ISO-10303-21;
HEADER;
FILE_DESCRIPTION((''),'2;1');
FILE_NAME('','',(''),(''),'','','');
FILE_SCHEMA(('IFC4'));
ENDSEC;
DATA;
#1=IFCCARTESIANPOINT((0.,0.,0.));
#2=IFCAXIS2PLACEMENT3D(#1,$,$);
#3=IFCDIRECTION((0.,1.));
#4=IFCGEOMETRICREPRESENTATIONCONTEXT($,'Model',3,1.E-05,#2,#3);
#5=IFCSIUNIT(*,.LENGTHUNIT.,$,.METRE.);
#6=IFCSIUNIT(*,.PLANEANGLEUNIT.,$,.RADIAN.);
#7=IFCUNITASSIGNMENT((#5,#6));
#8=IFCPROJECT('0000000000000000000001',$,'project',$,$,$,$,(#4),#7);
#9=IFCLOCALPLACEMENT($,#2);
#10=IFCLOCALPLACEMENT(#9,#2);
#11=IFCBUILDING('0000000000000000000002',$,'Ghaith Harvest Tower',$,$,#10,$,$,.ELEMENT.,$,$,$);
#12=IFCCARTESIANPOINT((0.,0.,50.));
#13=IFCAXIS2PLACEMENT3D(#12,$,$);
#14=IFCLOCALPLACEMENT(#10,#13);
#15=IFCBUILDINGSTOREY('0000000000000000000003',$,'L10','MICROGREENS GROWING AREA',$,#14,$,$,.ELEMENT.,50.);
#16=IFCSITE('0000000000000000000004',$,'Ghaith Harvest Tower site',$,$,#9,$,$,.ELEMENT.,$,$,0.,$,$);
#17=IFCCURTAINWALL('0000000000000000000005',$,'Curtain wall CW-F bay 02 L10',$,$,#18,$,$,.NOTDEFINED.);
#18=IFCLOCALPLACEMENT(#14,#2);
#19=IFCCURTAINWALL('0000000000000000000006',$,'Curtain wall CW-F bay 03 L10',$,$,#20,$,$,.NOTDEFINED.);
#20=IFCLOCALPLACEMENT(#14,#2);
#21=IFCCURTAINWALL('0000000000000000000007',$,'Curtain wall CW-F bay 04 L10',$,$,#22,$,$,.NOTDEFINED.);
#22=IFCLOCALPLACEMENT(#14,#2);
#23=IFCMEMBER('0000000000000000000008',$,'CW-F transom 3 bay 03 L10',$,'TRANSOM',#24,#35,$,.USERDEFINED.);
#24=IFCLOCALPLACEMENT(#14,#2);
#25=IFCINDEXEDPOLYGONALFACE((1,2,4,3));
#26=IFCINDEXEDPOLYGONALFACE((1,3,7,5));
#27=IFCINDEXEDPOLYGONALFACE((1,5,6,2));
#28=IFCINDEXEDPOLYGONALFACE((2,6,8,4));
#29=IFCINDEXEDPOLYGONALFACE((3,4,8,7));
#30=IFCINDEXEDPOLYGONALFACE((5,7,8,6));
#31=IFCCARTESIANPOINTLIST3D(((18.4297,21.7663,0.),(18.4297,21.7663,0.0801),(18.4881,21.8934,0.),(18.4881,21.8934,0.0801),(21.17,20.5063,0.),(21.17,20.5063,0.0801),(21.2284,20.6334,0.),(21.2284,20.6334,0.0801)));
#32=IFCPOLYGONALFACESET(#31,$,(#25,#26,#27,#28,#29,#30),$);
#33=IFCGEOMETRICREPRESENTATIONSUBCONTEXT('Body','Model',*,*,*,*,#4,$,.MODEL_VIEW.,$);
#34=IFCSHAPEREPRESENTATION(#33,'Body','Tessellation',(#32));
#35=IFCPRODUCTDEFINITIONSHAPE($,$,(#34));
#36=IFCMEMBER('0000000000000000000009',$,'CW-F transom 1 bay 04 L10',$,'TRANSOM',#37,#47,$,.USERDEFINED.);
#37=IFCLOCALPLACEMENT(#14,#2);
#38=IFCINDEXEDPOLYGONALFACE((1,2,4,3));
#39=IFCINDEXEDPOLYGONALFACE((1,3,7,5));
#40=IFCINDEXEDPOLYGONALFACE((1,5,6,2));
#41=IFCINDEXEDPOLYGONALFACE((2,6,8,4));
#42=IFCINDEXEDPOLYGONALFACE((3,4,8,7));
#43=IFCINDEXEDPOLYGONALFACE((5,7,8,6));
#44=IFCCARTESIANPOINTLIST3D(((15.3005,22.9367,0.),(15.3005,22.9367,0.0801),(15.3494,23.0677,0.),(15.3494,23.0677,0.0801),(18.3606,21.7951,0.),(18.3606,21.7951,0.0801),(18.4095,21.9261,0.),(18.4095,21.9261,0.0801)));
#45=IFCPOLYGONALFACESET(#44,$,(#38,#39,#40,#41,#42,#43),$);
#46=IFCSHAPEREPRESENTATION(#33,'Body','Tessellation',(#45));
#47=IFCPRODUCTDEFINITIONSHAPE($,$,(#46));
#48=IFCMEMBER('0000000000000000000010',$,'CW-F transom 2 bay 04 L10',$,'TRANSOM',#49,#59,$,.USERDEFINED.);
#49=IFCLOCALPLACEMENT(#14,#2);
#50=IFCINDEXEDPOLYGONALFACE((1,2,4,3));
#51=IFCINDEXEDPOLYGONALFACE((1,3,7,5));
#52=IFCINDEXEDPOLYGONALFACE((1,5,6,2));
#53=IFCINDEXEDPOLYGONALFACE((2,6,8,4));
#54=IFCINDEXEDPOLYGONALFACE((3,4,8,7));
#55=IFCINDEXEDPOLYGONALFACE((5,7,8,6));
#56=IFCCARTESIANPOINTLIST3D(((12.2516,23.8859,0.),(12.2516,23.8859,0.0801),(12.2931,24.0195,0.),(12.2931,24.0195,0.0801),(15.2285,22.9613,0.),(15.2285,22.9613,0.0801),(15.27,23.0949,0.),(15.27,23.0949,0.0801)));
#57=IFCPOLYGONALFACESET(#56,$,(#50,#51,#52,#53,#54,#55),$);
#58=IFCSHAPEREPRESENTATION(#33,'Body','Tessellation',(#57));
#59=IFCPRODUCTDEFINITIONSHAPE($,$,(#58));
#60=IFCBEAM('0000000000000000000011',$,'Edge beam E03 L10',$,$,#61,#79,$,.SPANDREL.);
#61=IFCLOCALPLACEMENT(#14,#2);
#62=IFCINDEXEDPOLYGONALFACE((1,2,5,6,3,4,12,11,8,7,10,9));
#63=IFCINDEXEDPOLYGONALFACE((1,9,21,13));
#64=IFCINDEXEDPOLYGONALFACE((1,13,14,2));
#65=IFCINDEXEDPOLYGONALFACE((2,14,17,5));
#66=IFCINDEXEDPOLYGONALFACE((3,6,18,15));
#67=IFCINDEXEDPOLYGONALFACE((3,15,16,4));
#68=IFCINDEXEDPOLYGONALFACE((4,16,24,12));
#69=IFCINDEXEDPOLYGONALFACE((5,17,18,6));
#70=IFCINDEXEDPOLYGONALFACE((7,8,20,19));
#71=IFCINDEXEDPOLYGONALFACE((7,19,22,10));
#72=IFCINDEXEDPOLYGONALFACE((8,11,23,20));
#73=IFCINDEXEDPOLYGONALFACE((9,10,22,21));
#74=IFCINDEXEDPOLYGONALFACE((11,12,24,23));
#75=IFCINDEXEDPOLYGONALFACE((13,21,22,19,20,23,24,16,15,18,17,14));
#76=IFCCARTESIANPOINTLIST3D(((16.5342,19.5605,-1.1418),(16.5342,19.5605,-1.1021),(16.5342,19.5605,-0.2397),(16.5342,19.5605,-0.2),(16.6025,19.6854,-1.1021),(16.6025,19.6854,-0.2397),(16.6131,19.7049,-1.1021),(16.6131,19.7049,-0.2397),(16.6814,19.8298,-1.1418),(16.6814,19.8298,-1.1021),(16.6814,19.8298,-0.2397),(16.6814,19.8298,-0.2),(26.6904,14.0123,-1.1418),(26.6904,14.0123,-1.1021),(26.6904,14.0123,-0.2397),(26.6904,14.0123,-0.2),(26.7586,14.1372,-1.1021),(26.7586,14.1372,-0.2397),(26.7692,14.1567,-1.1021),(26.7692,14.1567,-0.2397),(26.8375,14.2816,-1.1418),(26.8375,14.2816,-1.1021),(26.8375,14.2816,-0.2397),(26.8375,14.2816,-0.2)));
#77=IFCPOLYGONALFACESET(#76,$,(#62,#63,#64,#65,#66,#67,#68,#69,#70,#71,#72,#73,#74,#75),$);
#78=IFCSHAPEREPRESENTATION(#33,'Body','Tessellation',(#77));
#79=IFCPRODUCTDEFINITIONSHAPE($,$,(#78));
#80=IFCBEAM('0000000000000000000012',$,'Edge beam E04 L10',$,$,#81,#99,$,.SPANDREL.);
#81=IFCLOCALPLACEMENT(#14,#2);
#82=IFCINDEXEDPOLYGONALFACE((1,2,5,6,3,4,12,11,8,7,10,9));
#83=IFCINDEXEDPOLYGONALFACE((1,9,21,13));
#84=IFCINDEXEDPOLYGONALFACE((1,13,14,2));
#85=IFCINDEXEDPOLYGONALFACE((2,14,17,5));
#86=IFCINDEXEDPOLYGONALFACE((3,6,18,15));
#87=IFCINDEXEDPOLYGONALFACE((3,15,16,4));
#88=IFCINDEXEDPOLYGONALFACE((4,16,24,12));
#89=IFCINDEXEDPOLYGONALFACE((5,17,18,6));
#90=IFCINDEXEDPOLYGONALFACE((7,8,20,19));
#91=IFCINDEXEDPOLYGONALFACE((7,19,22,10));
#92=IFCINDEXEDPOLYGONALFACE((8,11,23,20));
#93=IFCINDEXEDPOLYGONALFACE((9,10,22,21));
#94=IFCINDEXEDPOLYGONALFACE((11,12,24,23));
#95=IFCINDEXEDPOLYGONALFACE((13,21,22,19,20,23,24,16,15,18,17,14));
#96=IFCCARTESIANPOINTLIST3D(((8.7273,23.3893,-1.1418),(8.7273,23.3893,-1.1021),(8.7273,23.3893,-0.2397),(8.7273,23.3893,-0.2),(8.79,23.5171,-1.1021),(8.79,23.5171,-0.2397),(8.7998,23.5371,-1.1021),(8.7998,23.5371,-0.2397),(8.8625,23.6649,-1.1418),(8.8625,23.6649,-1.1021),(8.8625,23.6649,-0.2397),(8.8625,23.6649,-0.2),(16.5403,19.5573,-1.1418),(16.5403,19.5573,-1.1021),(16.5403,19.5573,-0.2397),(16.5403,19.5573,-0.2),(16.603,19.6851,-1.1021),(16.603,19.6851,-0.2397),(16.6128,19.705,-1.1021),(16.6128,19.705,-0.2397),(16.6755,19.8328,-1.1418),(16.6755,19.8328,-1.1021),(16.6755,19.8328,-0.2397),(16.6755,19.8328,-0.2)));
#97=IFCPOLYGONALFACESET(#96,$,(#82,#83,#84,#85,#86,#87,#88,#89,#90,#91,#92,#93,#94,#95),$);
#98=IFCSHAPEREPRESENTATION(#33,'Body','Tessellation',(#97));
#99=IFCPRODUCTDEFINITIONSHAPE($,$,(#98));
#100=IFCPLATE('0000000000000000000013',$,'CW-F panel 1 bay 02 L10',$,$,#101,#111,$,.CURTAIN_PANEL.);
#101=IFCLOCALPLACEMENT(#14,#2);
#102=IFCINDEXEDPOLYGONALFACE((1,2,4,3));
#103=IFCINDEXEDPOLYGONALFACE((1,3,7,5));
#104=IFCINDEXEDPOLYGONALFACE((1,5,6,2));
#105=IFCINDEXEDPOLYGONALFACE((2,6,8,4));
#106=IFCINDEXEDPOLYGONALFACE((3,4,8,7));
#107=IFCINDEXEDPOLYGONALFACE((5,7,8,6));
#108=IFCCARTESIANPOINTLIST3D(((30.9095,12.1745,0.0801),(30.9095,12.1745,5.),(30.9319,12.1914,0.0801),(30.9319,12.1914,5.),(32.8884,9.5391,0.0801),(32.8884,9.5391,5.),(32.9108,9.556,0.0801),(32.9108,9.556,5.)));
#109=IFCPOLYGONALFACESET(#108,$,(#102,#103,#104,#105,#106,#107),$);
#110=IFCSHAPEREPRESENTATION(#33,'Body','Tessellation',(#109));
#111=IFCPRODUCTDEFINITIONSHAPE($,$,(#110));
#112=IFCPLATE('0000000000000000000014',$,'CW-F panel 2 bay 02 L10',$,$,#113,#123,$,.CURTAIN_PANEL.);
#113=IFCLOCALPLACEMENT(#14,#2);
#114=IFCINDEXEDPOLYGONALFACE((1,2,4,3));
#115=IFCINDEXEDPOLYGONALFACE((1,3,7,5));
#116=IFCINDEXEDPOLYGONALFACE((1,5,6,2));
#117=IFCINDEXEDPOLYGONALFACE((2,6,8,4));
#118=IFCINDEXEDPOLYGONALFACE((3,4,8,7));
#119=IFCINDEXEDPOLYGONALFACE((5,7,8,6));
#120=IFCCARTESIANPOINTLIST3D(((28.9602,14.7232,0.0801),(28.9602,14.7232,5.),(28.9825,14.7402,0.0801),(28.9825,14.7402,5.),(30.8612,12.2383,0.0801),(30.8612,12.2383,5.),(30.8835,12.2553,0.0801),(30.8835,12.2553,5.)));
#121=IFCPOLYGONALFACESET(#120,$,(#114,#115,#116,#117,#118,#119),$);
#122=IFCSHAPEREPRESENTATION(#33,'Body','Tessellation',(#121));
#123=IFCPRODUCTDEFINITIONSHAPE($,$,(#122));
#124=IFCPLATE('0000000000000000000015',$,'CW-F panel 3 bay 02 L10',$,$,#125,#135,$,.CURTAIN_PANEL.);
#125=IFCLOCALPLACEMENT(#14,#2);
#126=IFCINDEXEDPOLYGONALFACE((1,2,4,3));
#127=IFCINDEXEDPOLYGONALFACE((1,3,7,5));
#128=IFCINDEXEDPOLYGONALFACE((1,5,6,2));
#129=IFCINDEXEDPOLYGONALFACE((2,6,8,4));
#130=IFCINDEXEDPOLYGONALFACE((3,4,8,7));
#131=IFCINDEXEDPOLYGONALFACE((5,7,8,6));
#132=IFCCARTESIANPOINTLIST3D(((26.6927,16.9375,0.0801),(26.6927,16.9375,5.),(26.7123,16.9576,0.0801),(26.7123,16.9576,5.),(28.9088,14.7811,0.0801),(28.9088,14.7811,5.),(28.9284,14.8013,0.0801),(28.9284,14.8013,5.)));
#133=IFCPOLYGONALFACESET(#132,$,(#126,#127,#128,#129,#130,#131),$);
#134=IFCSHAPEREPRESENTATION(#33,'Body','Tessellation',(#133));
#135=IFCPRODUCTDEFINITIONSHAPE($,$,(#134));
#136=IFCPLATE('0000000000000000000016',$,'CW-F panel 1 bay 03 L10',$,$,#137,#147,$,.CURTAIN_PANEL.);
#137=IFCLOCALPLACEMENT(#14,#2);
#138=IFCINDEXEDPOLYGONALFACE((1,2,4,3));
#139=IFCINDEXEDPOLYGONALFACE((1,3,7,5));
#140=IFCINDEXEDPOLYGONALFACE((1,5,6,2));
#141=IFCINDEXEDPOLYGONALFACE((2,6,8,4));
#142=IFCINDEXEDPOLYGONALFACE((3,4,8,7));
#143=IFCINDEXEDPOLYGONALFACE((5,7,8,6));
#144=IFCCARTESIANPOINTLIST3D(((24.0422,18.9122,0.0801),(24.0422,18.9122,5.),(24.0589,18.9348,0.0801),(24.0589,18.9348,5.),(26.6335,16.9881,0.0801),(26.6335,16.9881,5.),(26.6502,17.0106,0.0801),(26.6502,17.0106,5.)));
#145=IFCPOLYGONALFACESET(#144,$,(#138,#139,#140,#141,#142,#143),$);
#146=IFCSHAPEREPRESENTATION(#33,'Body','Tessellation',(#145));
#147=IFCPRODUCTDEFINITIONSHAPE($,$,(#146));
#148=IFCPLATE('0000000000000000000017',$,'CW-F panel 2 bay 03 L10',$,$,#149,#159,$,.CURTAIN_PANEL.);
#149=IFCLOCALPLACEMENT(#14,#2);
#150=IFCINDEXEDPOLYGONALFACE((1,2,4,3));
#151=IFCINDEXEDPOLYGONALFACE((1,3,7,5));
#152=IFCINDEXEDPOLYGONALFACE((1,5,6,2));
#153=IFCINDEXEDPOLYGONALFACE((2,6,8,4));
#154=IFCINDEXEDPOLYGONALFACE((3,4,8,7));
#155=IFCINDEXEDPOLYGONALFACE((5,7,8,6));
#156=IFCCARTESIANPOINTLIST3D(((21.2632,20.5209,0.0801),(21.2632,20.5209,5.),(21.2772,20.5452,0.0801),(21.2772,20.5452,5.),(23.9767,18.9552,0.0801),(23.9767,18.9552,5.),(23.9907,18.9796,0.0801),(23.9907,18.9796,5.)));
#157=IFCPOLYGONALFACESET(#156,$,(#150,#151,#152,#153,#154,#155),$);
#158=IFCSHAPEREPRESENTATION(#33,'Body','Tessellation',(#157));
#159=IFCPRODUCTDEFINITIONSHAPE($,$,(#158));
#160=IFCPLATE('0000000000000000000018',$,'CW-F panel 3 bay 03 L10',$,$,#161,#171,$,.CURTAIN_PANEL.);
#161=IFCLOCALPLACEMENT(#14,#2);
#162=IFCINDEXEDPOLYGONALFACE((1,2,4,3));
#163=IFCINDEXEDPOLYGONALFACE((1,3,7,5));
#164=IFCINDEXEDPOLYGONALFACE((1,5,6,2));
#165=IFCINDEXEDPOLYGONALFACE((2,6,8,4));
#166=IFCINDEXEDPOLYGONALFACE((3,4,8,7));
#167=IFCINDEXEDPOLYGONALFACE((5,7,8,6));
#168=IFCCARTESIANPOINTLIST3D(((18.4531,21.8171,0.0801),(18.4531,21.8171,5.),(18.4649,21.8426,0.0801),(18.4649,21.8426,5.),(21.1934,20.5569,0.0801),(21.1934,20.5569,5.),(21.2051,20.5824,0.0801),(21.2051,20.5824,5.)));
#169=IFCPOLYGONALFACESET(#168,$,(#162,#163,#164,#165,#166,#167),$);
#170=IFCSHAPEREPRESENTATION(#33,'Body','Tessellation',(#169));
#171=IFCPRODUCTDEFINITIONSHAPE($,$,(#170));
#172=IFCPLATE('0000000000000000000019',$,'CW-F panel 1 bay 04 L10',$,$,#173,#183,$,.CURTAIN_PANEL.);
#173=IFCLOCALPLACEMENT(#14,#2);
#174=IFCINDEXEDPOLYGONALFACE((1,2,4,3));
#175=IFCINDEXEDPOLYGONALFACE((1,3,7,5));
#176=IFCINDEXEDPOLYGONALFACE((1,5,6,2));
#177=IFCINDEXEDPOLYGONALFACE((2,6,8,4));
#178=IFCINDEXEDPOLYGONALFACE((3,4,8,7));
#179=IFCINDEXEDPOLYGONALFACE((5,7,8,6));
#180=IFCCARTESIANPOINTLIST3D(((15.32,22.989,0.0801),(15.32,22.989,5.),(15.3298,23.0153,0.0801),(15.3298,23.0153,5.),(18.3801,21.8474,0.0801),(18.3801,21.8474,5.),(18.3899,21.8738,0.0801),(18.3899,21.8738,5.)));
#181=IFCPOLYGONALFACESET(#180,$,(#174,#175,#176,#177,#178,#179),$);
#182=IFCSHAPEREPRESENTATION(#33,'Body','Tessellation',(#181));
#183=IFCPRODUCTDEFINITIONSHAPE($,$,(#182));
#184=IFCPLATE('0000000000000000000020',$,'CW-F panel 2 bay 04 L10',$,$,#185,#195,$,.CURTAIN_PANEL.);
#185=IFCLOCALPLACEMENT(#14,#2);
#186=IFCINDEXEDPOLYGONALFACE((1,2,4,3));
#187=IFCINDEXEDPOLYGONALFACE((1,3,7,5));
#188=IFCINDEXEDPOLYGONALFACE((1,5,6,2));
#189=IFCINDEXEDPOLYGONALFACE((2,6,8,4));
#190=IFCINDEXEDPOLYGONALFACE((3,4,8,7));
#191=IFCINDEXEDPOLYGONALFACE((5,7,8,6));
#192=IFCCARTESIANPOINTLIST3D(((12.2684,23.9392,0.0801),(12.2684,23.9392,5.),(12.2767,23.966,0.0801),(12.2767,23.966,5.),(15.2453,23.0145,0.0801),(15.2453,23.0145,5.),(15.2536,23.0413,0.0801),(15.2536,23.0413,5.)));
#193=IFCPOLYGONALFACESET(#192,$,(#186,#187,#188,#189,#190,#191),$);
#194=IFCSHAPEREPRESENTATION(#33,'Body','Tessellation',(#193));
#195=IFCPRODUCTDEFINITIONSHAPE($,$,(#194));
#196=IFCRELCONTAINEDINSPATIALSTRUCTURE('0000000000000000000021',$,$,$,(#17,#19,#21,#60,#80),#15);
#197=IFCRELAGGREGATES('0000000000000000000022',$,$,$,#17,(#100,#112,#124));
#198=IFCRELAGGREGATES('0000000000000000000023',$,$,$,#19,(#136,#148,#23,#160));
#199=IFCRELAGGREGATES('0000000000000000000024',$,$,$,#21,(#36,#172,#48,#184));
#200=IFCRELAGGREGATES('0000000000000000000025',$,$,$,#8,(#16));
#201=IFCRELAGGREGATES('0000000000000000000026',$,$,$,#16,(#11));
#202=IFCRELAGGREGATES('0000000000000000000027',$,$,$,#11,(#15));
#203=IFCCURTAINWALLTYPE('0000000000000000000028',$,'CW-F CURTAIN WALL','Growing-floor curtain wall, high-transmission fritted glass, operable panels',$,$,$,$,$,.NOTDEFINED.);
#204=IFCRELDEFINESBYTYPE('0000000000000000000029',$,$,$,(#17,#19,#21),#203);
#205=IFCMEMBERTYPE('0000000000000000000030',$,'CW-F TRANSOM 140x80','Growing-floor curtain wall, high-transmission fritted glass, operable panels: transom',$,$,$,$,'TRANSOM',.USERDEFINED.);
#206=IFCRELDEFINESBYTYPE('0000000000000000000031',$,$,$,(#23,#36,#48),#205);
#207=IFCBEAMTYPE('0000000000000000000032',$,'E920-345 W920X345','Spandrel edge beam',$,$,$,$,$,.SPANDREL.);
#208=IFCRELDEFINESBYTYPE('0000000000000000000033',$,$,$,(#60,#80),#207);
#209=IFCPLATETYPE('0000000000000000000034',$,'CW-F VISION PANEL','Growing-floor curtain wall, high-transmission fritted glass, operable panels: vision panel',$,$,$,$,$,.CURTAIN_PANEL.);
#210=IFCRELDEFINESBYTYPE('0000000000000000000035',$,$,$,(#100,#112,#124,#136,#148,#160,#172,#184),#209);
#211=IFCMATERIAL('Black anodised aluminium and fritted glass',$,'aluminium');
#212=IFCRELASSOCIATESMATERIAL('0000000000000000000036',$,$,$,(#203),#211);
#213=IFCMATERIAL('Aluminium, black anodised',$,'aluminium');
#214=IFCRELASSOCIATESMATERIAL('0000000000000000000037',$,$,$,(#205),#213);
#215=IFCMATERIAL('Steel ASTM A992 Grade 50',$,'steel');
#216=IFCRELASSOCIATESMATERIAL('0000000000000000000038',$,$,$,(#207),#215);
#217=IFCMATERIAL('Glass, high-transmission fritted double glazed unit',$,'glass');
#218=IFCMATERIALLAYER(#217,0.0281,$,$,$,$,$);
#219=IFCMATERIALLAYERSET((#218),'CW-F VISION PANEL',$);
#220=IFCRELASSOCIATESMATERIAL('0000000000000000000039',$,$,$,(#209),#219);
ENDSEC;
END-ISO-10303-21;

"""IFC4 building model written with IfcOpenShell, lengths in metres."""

from ifc_helpers import new_model, si_unit, direction, frame, origin, origin_2d, place, context, subcontext, project, spatial, rectangle, i_section, extrude, material, layer, layer_set, material_profile, profile_set, type_object, element, aggregate, save


model = new_model("IFC4")

# Units and contexts
model_context = context("Model", 3, precision=1e-05, world=origin(), true_north=direction((0.0, 1.0)))
body_context = subcontext(model_context, "Body", "Model", "MODEL_VIEW")
ifc_project = project(units=[si_unit("LENGTHUNIT", "METRE"), si_unit("PLANEANGLEUNIT", "RADIAN")], contexts=[model_context])

# Site, building, storey
site_placement = place(None, origin())
site = spatial("IfcSite", under=ifc_project, at=site_placement, Name="Ghaith Harvest Tower site", CompositionType="ELEMENT", RefElevation=0.0)
building_placement = place(site_placement, origin())
building = spatial("IfcBuilding", under=site, at=building_placement, Name="Ghaith Harvest Tower", CompositionType="ELEMENT")
storey_placement = place(building_placement, frame((0.0, 0.0, 50.0)))
storey = spatial("IfcBuildingStorey", under=building, at=storey_placement, Name="L10", Description="MICROGREENS GROWING AREA", CompositionType="ELEMENT", Elevation=50.0)

# Curtain walls
ifc_material_1 = material(Name="Black anodised aluminium and fritted glass", Category="aluminium")
curtain_wall_type = type_object("IfcCurtainWallType", Name="CW-F CURTAIN WALL", Description="Growing-floor curtain wall, high-transmission fritted glass, operable panels", PredefinedType="NOTDEFINED", material=ifc_material_1)
curtain_wall_1_placement = place(storey_placement, origin())
curtain_wall_1 = element("IfcCurtainWall", 1, at=curtain_wall_1_placement, inside=storey, type_object=curtain_wall_type, Name="Curtain wall CW-F bay 02 L10", PredefinedType="NOTDEFINED")
curtain_wall_2_placement = place(storey_placement, origin())
curtain_wall_2 = element("IfcCurtainWall", 2, at=curtain_wall_2_placement, inside=storey, type_object=curtain_wall_type, Name="Curtain wall CW-F bay 03 L10", PredefinedType="NOTDEFINED")
curtain_wall_3_placement = place(storey_placement, origin())
curtain_wall_3 = element("IfcCurtainWall", 3, at=curtain_wall_3_placement, inside=storey, type_object=curtain_wall_type, Name="Curtain wall CW-F bay 04 L10", PredefinedType="NOTDEFINED")

# Members
ifc_material_2 = material(Name="Aluminium, black anodised", Category="aluminium")
ifc_material_profile_1 = material_profile(ifc_material_2, rectangle(XDim=0.1399, YDim=0.0801, at=origin_2d()), Name="CW-F TRANSOM 140x80")
ifc_profile_set_1 = profile_set([ifc_material_profile_1], Name="Aluminium, black anodised")
member_type_1 = type_object("IfcMemberType", Name="CW-F TRANSOM 140x80", Description="Growing-floor curtain wall, high-transmission fritted glass, operable panels: transom", ElementType="TRANSOM", PredefinedType="USERDEFINED", material=ifc_profile_set_1)
member_1_placement = place(storey_placement, frame((21.1992, 20.5698, 0.04), z_axis=(-0.908553, 0.417769, 0.0), x_axis=(-0.417769, -0.908553, 0.0)))
member_1 = element("IfcMember", 4, at=member_1_placement, type_object=member_type_1, Name="CW-F transom 3 bay 03 L10", ObjectType="TRANSOM", PredefinedType="USERDEFINED", context=body_context, shape_type="SweptSolid", body=[
    extrude(rectangle(XDim=0.1399, YDim=0.0801, at=origin_2d()), origin(), (0.0, 0.0, 1.0), 3.0161),
])
member_2_placement = place(storey_placement, frame((18.385, 21.8606, 0.04), z_axis=(-0.936924, 0.349534, 0.0), x_axis=(-0.349534, -0.936924, 0.0)))
member_2 = element("IfcMember", 5, at=member_2_placement, type_object=member_type_1, Name="CW-F transom 1 bay 04 L10", ObjectType="TRANSOM", PredefinedType="USERDEFINED", context=body_context, shape_type="SweptSolid", body=[
    extrude(rectangle(XDim=0.1399, YDim=0.0801, at=origin_2d()), origin(), (0.0, 0.0, 1.0), 3.2661),
])
member_3_placement = place(storey_placement, frame((15.2493, 23.0281, 0.04), z_axis=(-0.954998, 0.296611, 0.0), x_axis=(-0.296611, -0.954998, 0.0)))
member_3 = element("IfcMember", 6, at=member_3_placement, type_object=member_type_1, Name="CW-F transom 2 bay 04 L10", ObjectType="TRANSOM", PredefinedType="USERDEFINED", context=body_context, shape_type="SweptSolid", body=[
    extrude(rectangle(XDim=0.1399, YDim=0.0801, at=origin_2d()), origin(), (0.0, 0.0, 1.0), 3.1172),
])

# Beams
ifc_material_3 = material(Name="Steel ASTM A992 Grade 50", Category="steel")
ifc_material_profile_2 = material_profile(ifc_material_3, i_section(OverallWidth=0.3069, OverallDepth=0.9419, WebThickness=0.0222, FlangeThickness=0.0398, at=origin_2d()), Name="W920X345")
ifc_profile_set_2 = profile_set([ifc_material_profile_2], Name="Steel ASTM A992 Grade 50")
beam_type = type_object("IfcBeamType", Name="E920-345 W920X345", Description="Spandrel edge beam", PredefinedType="SPANDREL", material=ifc_profile_set_2)
beam_1_placement = place(storey_placement, frame((26.7639, 14.147, -0.6709), z_axis=(-0.877588, 0.479415, 0.0), x_axis=(-0.479415, -0.877588, 0.0)))
element("IfcBeam", 7, at=beam_1_placement, inside=storey, type_object=beam_type, Name="Edge beam E03 L10", PredefinedType="SPANDREL", context=body_context, shape_type="SweptSolid", body=[
    extrude(i_section(OverallWidth=0.3069, OverallDepth=0.9419, WebThickness=0.0222, FlangeThickness=0.0398, at=origin_2d()), origin(), (0.0, 0.0, 1.0), 11.5728),
])
beam_2_placement = place(storey_placement, frame((16.6079, 19.6951, -0.6709), z_axis=(-0.897824, 0.440355, 0.0), x_axis=(-0.440355, -0.897824, 0.0)))
element("IfcBeam", 8, at=beam_2_placement, inside=storey, type_object=beam_type, Name="Edge beam E04 L10", PredefinedType="SPANDREL", context=body_context, shape_type="SweptSolid", body=[
    extrude(i_section(OverallWidth=0.3069, OverallDepth=0.9419, WebThickness=0.0222, FlangeThickness=0.0398, at=origin_2d()), origin(), (0.0, 0.0, 1.0), 8.7021),
])

# Plates
ifc_material_4 = material(Name="Glass, high-transmission fritted double glazed unit", Category="glass")
ifc_layer_1 = layer(ifc_material_4, 0.0281)
ifc_layer_set_1 = layer_set([ifc_layer_1], Name="CW-F VISION PANEL")
plate_type = type_object("IfcPlateType", Name="CW-F VISION PANEL", Description="Growing-floor curtain wall, high-transmission fritted glass, operable panels: vision panel", PredefinedType="CURTAIN_PANEL", material=ifc_layer_set_1)
plate_1_placement = place(storey_placement, frame((31.9102, 10.8652, 0.0801), z_axis=(0.0, 0.0, 1.0), x_axis=(-0.600454, 0.799659, 0.0)))
plate_1 = element("IfcPlate", 9, at=plate_1_placement, type_object=plate_type, Name="CW-F panel 1 bay 02 L10", PredefinedType="CURTAIN_PANEL", context=body_context, shape_type="SweptSolid", body=[
    extrude(rectangle(XDim=3.2957, YDim=0.0281, at=origin_2d()), origin(), (0.0, 0.0, 1.0), 4.9199),
])
plate_2_placement = place(storey_placement, frame((29.9219, 13.4893, 0.0801), z_axis=(0.0, 0.0, 1.0), x_axis=(-0.607612, 0.794234, 0.0)))
plate_2 = element("IfcPlate", 10, at=plate_2_placement, type_object=plate_type, Name="CW-F panel 2 bay 02 L10", PredefinedType="CURTAIN_PANEL", context=body_context, shape_type="SweptSolid", body=[
    extrude(rectangle(XDim=3.1287, YDim=0.0281, at=origin_2d()), origin(), (0.0, 0.0, 1.0), 4.9199),
])
plate_3_placement = place(storey_placement, frame((27.8105, 15.8694, 0.0801), z_axis=(0.0, 0.0, 1.0), x_axis=(-0.716691, 0.697391, 0.0)))
plate_3 = element("IfcPlate", 11, at=plate_3_placement, type_object=plate_type, Name="CW-F panel 3 bay 02 L10", PredefinedType="CURTAIN_PANEL", context=body_context, shape_type="SweptSolid", body=[
    extrude(rectangle(XDim=3.092, YDim=0.0281, at=origin_2d()), origin(), (0.0, 0.0, 1.0), 4.9199),
])
aggregate(curtain_wall_1, [plate_1, plate_2, plate_3])
plate_4_placement = place(storey_placement, frame((25.3462, 17.9614, 0.0801), z_axis=(0.0, 0.0, 1.0), x_axis=(-0.802867, 0.596158, 0.0)))
plate_4 = element("IfcPlate", 12, at=plate_4_placement, type_object=plate_type, Name="CW-F panel 1 bay 03 L10", PredefinedType="CURTAIN_PANEL", context=body_context, shape_type="SweptSolid", body=[
    extrude(rectangle(XDim=3.2275, YDim=0.0281, at=origin_2d()), origin(), (0.0, 0.0, 1.0), 4.9199),
])
plate_5_placement = place(storey_placement, frame((22.627, 19.7502, 0.0801), z_axis=(0.0, 0.0, 1.0), x_axis=(-0.866159, 0.499768, 0.0)))
plate_5 = element("IfcPlate", 13, at=plate_5_placement, type_object=plate_type, Name="CW-F panel 2 bay 03 L10", PredefinedType="CURTAIN_PANEL", context=body_context, shape_type="SweptSolid", body=[
    extrude(rectangle(XDim=3.1328, YDim=0.0281, at=origin_2d()), origin(), (0.0, 0.0, 1.0), 4.9199),
])
plate_6_placement = place(storey_placement, frame((19.8291, 21.1997, 0.0801), z_axis=(0.0, 0.0, 1.0), x_axis=(-0.90853, 0.417821, 0.0)))
plate_6 = element("IfcPlate", 14, at=plate_6_placement, type_object=plate_type, Name="CW-F panel 3 bay 03 L10", PredefinedType="CURTAIN_PANEL", context=body_context, shape_type="SweptSolid", body=[
    extrude(rectangle(XDim=3.0161, YDim=0.0281, at=origin_2d()), origin(), (0.0, 0.0, 1.0), 4.9199),
])
aggregate(curtain_wall_2, [plate_4, plate_5, member_1, plate_6])
plate_7_placement = place(storey_placement, frame((16.855, 22.4314, 0.0801), z_axis=(0.0, 0.0, 1.0), x_axis=(-0.936926, 0.349526, 0.0)))
plate_7 = element("IfcPlate", 15, at=plate_7_placement, type_object=plate_type, Name="CW-F panel 1 bay 04 L10", PredefinedType="CURTAIN_PANEL", context=body_context, shape_type="SweptSolid", body=[
    extrude(rectangle(XDim=3.2661, YDim=0.0281, at=origin_2d()), origin(), (0.0, 0.0, 1.0), 4.9199),
])
plate_8_placement = place(storey_placement, frame((13.761, 23.4902, 0.0801), z_axis=(0.0, 0.0, 1.0), x_axis=(-0.954988, 0.296644, 0.0)))
plate_8 = element("IfcPlate", 16, at=plate_8_placement, type_object=plate_type, Name="CW-F panel 2 bay 04 L10", PredefinedType="CURTAIN_PANEL", context=body_context, shape_type="SweptSolid", body=[
    extrude(rectangle(XDim=3.1172, YDim=0.0281, at=origin_2d()), origin(), (0.0, 0.0, 1.0), 4.9199),
])
aggregate(curtain_wall_3, [member_2, plate_7, member_3, plate_8])

save(model, "model.ifc")
